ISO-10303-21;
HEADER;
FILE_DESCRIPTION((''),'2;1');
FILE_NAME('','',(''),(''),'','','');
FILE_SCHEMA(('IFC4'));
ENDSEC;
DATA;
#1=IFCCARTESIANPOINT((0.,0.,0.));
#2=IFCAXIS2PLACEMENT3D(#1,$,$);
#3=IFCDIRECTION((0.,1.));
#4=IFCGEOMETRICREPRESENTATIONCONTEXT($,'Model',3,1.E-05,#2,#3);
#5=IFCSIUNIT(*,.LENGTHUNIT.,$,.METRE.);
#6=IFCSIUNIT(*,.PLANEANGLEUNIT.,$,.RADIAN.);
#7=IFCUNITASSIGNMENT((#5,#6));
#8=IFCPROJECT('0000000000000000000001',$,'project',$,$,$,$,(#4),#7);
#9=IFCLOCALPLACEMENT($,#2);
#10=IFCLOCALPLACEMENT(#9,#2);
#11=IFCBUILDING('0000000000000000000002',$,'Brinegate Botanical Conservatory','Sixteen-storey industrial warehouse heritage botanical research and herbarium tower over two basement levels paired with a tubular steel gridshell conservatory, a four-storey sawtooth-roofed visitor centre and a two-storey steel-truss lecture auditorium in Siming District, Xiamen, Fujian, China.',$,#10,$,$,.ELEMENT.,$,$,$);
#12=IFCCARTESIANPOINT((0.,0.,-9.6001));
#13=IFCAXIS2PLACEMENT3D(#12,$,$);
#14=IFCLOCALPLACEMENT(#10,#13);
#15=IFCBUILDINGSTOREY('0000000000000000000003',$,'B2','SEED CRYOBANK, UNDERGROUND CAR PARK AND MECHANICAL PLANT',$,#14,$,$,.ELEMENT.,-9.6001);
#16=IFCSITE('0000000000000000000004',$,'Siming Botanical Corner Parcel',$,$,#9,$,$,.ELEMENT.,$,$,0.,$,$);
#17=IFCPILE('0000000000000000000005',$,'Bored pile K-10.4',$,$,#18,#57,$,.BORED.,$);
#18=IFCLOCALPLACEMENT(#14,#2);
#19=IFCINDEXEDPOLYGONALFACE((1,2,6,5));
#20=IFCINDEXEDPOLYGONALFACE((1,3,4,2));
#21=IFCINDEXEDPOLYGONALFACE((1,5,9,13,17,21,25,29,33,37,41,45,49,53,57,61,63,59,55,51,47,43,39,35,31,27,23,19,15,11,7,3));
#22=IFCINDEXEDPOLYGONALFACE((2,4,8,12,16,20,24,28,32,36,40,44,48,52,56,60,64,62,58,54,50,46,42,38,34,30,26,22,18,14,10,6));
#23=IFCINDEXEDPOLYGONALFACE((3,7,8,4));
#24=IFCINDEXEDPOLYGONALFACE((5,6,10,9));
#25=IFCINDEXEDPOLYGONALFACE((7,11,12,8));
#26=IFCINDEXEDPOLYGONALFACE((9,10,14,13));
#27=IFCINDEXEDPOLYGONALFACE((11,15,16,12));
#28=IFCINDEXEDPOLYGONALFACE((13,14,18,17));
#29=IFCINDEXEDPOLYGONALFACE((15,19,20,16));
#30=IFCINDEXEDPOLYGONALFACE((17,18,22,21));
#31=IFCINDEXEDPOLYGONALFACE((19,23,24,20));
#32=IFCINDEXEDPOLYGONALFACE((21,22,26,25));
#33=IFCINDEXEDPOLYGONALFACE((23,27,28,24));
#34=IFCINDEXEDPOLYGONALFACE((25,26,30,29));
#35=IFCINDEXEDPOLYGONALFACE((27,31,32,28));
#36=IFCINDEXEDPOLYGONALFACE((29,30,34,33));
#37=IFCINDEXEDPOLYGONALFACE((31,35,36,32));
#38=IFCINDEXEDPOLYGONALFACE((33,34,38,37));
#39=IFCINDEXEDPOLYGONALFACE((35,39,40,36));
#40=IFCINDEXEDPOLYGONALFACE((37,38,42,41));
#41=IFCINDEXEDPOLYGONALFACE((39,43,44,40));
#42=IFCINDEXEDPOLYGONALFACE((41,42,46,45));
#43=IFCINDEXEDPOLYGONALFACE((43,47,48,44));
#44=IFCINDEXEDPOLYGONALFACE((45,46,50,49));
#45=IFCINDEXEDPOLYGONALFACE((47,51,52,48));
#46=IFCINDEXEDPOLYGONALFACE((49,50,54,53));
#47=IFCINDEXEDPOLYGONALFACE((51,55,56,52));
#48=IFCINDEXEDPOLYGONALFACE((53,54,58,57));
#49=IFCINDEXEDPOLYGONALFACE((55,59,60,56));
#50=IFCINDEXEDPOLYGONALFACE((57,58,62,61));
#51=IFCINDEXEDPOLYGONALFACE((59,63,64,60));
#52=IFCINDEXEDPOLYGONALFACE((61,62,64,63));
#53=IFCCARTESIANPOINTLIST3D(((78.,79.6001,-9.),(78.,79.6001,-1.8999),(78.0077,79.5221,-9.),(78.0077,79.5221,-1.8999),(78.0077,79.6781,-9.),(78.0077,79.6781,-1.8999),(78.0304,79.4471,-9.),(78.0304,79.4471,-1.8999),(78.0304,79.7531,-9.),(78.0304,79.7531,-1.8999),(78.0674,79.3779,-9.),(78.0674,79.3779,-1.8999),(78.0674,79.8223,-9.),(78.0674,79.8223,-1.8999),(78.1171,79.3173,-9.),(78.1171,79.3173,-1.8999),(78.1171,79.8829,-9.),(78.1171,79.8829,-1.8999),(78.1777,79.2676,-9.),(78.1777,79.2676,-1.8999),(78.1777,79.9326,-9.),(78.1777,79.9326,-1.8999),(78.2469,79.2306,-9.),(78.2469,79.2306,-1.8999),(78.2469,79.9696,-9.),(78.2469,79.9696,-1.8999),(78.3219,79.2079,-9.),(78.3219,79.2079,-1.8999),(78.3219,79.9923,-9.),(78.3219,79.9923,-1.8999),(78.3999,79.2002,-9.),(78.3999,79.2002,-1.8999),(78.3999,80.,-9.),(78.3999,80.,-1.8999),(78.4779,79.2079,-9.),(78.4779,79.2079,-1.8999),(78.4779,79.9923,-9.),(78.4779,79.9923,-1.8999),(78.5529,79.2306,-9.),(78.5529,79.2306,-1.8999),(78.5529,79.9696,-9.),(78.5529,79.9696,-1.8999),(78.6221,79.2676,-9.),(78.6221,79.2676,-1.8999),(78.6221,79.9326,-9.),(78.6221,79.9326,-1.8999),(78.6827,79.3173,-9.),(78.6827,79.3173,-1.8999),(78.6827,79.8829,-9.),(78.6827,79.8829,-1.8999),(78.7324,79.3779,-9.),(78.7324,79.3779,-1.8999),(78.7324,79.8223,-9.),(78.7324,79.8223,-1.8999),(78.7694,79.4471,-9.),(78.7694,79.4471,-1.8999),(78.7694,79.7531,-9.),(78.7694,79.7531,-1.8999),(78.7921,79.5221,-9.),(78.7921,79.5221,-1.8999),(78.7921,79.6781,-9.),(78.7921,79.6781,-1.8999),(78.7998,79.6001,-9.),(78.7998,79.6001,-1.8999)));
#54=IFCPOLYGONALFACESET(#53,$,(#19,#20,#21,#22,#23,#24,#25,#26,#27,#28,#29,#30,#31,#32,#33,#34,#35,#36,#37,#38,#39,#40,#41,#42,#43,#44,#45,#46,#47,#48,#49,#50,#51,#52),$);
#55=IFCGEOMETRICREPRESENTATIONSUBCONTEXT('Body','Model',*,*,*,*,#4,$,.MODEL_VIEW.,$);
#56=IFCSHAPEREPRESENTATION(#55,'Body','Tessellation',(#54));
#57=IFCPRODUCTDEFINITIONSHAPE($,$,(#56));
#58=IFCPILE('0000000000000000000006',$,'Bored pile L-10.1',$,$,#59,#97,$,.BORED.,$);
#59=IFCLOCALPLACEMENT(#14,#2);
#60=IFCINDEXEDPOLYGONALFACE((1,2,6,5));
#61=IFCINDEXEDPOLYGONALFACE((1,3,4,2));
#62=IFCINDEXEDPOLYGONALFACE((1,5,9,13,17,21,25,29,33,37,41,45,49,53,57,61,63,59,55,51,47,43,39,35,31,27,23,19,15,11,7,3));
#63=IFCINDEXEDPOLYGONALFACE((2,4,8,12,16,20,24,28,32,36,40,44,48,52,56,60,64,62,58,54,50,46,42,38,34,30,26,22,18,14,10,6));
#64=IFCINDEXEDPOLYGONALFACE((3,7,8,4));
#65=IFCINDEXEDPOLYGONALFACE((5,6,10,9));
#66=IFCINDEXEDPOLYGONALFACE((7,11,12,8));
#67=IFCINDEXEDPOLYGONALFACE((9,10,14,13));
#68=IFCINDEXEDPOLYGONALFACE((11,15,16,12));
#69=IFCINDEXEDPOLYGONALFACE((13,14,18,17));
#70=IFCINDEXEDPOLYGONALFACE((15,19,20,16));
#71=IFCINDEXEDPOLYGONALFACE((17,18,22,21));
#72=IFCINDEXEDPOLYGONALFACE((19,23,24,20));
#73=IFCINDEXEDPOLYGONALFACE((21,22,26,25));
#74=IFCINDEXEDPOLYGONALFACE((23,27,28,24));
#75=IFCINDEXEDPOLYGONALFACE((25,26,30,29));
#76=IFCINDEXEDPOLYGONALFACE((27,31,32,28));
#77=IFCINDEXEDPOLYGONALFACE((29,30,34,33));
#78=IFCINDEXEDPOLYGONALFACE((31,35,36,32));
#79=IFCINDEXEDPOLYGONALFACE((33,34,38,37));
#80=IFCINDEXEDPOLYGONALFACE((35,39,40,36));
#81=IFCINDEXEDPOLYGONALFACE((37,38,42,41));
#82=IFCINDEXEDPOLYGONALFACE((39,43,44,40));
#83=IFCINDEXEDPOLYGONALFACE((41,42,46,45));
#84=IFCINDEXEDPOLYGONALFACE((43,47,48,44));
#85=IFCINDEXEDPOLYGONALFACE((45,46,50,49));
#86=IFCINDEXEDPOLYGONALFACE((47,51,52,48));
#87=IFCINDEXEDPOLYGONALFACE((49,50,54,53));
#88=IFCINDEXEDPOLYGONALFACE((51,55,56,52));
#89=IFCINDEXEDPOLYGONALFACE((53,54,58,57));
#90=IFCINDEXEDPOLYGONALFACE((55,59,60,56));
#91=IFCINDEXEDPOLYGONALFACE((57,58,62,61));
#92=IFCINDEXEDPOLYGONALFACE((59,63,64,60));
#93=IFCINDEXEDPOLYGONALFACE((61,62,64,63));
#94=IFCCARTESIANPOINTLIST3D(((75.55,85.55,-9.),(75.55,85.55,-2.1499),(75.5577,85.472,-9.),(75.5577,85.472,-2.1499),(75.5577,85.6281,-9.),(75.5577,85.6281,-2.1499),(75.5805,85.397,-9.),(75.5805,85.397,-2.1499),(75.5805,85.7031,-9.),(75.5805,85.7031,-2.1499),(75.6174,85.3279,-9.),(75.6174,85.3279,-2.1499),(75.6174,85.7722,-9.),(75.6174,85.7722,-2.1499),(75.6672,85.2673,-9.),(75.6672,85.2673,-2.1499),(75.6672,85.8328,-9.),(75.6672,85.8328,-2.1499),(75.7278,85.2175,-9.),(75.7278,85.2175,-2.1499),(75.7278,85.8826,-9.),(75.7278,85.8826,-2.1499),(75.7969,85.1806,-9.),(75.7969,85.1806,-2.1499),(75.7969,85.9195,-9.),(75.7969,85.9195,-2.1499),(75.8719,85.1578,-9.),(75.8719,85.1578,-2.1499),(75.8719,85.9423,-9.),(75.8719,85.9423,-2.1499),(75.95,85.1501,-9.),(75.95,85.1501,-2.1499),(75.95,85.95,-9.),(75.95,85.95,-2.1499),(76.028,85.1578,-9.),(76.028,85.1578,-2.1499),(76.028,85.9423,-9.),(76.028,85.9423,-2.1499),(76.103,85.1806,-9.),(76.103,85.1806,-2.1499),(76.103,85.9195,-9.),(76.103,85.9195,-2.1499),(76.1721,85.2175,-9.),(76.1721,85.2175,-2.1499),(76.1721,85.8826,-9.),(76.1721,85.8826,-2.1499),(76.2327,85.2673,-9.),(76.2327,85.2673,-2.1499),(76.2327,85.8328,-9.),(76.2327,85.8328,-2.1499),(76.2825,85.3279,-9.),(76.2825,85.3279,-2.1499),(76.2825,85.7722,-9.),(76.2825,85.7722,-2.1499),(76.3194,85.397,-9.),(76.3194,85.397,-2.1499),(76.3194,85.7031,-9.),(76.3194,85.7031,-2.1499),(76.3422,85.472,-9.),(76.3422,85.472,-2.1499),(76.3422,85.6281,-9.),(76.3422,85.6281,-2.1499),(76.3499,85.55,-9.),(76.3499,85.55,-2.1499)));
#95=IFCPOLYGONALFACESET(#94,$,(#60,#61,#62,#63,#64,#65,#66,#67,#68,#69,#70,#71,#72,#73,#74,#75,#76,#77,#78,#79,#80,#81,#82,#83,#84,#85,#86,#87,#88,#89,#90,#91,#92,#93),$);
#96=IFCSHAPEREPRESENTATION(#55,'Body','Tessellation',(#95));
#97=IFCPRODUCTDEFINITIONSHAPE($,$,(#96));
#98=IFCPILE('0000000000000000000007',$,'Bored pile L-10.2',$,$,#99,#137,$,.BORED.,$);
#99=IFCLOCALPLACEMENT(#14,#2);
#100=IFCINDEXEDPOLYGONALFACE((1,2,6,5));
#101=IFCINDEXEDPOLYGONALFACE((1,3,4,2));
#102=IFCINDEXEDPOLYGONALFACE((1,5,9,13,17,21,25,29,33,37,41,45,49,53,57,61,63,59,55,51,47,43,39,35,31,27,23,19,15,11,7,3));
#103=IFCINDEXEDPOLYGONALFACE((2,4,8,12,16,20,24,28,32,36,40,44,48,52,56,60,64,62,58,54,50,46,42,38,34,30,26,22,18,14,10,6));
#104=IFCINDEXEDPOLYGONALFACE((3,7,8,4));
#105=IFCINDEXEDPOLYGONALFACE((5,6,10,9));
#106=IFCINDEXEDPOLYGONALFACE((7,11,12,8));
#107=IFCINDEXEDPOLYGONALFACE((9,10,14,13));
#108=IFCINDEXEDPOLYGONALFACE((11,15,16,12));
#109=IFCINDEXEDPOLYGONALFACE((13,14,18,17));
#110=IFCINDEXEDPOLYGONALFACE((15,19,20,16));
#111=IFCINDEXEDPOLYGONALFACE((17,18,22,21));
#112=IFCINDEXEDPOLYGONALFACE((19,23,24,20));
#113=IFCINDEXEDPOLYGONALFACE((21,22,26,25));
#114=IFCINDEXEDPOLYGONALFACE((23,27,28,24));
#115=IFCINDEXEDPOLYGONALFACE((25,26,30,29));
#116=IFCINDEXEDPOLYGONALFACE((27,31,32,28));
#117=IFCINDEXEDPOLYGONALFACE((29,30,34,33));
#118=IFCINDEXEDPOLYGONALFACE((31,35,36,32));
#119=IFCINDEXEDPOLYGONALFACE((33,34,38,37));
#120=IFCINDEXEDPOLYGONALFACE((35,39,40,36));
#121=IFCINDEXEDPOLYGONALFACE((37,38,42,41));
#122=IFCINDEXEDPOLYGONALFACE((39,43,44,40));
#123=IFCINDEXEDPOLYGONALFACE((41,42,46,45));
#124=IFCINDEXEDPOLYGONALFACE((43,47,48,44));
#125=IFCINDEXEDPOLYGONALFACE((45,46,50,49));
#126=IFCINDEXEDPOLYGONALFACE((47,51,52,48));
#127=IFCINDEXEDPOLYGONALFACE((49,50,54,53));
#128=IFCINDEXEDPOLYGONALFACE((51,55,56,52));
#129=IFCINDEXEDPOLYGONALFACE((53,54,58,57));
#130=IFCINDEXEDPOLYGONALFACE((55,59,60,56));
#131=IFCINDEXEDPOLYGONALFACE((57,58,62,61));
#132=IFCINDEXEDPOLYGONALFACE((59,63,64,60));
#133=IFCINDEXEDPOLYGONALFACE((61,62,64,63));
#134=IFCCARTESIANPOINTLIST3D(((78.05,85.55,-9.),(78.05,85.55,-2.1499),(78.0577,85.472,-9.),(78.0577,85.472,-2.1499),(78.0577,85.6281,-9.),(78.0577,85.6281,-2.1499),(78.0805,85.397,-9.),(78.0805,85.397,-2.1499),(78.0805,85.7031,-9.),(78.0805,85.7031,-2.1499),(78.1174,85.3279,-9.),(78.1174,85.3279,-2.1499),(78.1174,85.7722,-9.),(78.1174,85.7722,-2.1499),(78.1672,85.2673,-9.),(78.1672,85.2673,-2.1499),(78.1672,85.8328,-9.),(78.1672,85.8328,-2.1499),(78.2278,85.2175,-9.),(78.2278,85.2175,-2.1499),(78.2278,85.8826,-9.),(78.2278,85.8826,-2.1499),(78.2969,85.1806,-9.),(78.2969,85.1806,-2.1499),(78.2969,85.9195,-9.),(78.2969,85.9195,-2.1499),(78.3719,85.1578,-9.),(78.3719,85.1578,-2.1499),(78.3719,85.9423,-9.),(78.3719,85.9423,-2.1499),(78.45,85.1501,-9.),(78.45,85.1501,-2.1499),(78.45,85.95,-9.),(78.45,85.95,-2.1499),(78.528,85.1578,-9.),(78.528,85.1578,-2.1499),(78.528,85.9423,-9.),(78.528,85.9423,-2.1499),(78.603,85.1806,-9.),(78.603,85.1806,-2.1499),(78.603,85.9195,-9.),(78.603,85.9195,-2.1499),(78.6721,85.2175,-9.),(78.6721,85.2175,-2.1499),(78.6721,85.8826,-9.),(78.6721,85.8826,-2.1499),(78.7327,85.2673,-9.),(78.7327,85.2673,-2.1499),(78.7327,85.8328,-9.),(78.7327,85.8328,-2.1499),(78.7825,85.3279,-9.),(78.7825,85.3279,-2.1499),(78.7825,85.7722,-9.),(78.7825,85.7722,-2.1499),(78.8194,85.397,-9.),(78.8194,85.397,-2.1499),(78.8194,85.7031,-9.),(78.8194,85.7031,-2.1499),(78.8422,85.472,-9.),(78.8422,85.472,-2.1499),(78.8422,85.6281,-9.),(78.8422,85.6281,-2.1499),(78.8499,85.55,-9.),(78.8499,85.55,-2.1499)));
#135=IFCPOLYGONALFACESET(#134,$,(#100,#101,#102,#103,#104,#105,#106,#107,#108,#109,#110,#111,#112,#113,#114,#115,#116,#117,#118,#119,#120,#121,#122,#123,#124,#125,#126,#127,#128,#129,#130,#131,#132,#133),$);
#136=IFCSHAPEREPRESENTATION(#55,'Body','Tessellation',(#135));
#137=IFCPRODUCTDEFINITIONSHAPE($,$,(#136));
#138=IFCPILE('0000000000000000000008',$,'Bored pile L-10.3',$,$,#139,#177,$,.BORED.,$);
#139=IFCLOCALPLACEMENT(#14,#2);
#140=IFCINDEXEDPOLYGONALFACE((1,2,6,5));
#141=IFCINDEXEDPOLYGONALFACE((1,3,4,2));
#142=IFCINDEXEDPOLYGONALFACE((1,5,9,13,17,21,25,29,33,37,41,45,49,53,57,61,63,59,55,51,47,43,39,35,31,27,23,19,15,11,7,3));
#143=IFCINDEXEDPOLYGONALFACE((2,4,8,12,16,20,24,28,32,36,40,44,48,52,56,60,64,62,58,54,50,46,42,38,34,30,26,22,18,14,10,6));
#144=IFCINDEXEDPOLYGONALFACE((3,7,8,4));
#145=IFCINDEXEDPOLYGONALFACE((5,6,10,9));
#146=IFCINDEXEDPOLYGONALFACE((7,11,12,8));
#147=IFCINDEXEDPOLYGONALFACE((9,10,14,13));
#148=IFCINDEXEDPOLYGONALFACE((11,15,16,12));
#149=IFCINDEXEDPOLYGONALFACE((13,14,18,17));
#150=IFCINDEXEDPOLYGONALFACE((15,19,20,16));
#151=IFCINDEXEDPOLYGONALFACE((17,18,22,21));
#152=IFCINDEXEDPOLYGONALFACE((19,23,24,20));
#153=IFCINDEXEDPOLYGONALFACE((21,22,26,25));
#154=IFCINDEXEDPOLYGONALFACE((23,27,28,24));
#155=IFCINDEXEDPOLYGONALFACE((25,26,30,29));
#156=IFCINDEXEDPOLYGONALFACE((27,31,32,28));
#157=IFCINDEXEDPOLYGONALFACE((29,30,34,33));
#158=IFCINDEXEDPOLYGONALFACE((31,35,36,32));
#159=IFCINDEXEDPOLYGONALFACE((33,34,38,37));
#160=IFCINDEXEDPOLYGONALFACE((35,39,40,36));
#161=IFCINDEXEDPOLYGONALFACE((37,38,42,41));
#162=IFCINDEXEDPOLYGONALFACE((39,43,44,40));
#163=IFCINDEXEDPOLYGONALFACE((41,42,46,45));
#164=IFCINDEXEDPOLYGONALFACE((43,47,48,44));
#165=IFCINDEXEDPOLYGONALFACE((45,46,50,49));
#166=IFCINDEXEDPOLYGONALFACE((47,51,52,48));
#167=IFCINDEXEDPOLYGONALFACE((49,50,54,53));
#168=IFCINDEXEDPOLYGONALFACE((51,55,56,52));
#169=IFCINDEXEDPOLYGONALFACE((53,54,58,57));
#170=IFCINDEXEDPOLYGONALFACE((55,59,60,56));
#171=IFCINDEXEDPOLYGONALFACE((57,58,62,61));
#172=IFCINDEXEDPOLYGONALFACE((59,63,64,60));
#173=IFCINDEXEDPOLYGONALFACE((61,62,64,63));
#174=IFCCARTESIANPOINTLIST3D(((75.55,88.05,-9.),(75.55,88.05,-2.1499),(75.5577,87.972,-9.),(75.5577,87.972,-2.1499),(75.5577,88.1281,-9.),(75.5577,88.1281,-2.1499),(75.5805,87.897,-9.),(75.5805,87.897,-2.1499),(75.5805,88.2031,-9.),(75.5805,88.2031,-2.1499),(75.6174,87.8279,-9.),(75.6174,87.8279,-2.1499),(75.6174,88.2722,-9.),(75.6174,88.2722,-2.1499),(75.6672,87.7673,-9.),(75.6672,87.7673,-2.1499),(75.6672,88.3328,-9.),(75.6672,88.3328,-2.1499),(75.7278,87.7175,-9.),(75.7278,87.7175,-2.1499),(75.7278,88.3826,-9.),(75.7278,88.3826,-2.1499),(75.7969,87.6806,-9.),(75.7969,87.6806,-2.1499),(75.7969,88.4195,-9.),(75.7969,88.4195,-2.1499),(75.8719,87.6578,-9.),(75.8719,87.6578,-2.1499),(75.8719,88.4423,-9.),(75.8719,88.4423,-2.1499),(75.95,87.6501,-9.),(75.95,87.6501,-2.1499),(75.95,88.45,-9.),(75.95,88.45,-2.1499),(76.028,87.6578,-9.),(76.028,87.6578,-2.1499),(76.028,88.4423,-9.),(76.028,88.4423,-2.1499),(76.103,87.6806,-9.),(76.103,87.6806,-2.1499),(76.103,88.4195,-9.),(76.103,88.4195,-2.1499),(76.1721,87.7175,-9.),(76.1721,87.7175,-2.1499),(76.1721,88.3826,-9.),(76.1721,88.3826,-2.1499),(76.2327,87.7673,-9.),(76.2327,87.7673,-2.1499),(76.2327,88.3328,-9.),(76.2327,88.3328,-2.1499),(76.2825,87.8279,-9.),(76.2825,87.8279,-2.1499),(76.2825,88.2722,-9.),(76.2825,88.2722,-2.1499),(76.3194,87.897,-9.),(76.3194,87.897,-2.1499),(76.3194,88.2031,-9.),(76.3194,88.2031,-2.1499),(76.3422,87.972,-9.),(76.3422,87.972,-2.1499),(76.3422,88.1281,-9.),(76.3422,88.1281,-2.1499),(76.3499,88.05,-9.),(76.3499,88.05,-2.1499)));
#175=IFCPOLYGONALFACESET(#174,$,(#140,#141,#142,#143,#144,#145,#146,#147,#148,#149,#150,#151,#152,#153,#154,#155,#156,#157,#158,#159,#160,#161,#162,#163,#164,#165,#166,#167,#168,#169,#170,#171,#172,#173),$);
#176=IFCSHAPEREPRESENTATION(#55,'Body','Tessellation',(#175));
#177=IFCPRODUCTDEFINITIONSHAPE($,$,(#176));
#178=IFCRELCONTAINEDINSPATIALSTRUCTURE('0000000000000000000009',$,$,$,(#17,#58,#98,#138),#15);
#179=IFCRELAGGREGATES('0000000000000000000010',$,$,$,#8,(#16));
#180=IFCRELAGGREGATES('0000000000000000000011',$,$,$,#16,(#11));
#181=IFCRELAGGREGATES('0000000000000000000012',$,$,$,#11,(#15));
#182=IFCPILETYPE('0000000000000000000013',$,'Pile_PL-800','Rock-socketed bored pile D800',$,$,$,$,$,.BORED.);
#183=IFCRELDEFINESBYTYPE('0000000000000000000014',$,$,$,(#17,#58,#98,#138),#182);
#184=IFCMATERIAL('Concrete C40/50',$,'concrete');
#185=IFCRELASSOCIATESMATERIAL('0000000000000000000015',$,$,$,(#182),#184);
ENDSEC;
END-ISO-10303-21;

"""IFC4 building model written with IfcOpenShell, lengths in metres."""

from ifc_helpers import new_model, si_unit, direction, frame, origin, origin_2d, place, context, subcontext, project, spatial, circle, extrude, material, material_profile, profile_set, type_object, element, save


model = new_model("IFC4")

# Units and contexts
model_context = context("Model", 3, precision=1e-05, world=origin(), true_north=direction((0.0, 1.0)))
body_context = subcontext(model_context, "Body", "Model", "MODEL_VIEW")
ifc_project = project(units=[si_unit("LENGTHUNIT", "METRE"), si_unit("PLANEANGLEUNIT", "RADIAN")], contexts=[model_context])

# Site, building, storey
site_placement = place(None, origin())
site = spatial("IfcSite", under=ifc_project, at=site_placement, Name="Siming Botanical Corner Parcel", CompositionType="ELEMENT", RefElevation=0.0)
building_placement = place(site_placement, origin())
building = spatial("IfcBuilding", under=site, at=building_placement, Name="Brinegate Botanical Conservatory", Description="Sixteen-storey industrial warehouse heritage botanical research and herbarium tower over two basement levels paired with a tubular steel gridshell conservatory, a four-storey sawtooth-roofed visitor centre and a two-storey steel-truss lecture auditorium in Siming District, Xiamen, Fujian, China.", CompositionType="ELEMENT")
storey_placement = place(building_placement, frame((0.0, 0.0, -9.6001)))
storey = spatial("IfcBuildingStorey", under=building, at=storey_placement, Name="B2", Description="SEED CRYOBANK, UNDERGROUND CAR PARK AND MECHANICAL PLANT", CompositionType="ELEMENT", Elevation=-9.6001)

# Shared definitions
ifc_material = material(Name="Concrete C40/50", Category="concrete")

# Piles
ifc_material_profile_1 = material_profile(ifc_material, circle(Radius=0.3999, at=origin_2d()), Name="PILE D800")
ifc_profile_set_1 = profile_set([ifc_material_profile_1], Name="Concrete C40/50")
pile_type = type_object("IfcPileType", Name="Pile_PL-800", Description="Rock-socketed bored pile D800", PredefinedType="BORED", material=ifc_profile_set_1)
for number, where, z_axis, x_axis, name in (
    (1, (78.3999, 79.6001, -1.8999), (0.0, 0.0, -1.0), (1.0, 0.0, 0.0), "Bored pile K-10.4"),
):
    element("IfcPile", number, at=place(storey_placement, frame(where, z_axis=z_axis, x_axis=x_axis)), inside=storey, type_object=pile_type, Name=name, PredefinedType="BORED", context=body_context, shape_type="SweptSolid", body=[
        extrude(circle(Radius=0.3999, at=origin_2d()), origin(), (0.0, 0.0, 1.0), 7.1001),
    ])
for number, where, z_axis, x_axis, name in (
    (2, (75.95, 85.55, -2.1499), (0.0, 0.0, -1.0), (1.0, 0.0, 0.0), "Bored pile L-10.1"),
    (3, (78.45, 85.55, -2.1499), (0.0, 0.0, -1.0), (1.0, 0.0, 0.0), "Bored pile L-10.2"),
    (4, (75.95, 88.05, -2.1499), (0.0, 0.0, -1.0), (1.0, 0.0, 0.0), "Bored pile L-10.3"),
):
    element("IfcPile", number, at=place(storey_placement, frame(where, z_axis=z_axis, x_axis=x_axis)), inside=storey, type_object=pile_type, Name=name, PredefinedType="BORED", context=body_context, shape_type="SweptSolid", body=[
        extrude(circle(Radius=0.3999, at=origin_2d()), origin(), (0.0, 0.0, 1.0), 6.8501),
    ])

save(model, "model.ifc")
